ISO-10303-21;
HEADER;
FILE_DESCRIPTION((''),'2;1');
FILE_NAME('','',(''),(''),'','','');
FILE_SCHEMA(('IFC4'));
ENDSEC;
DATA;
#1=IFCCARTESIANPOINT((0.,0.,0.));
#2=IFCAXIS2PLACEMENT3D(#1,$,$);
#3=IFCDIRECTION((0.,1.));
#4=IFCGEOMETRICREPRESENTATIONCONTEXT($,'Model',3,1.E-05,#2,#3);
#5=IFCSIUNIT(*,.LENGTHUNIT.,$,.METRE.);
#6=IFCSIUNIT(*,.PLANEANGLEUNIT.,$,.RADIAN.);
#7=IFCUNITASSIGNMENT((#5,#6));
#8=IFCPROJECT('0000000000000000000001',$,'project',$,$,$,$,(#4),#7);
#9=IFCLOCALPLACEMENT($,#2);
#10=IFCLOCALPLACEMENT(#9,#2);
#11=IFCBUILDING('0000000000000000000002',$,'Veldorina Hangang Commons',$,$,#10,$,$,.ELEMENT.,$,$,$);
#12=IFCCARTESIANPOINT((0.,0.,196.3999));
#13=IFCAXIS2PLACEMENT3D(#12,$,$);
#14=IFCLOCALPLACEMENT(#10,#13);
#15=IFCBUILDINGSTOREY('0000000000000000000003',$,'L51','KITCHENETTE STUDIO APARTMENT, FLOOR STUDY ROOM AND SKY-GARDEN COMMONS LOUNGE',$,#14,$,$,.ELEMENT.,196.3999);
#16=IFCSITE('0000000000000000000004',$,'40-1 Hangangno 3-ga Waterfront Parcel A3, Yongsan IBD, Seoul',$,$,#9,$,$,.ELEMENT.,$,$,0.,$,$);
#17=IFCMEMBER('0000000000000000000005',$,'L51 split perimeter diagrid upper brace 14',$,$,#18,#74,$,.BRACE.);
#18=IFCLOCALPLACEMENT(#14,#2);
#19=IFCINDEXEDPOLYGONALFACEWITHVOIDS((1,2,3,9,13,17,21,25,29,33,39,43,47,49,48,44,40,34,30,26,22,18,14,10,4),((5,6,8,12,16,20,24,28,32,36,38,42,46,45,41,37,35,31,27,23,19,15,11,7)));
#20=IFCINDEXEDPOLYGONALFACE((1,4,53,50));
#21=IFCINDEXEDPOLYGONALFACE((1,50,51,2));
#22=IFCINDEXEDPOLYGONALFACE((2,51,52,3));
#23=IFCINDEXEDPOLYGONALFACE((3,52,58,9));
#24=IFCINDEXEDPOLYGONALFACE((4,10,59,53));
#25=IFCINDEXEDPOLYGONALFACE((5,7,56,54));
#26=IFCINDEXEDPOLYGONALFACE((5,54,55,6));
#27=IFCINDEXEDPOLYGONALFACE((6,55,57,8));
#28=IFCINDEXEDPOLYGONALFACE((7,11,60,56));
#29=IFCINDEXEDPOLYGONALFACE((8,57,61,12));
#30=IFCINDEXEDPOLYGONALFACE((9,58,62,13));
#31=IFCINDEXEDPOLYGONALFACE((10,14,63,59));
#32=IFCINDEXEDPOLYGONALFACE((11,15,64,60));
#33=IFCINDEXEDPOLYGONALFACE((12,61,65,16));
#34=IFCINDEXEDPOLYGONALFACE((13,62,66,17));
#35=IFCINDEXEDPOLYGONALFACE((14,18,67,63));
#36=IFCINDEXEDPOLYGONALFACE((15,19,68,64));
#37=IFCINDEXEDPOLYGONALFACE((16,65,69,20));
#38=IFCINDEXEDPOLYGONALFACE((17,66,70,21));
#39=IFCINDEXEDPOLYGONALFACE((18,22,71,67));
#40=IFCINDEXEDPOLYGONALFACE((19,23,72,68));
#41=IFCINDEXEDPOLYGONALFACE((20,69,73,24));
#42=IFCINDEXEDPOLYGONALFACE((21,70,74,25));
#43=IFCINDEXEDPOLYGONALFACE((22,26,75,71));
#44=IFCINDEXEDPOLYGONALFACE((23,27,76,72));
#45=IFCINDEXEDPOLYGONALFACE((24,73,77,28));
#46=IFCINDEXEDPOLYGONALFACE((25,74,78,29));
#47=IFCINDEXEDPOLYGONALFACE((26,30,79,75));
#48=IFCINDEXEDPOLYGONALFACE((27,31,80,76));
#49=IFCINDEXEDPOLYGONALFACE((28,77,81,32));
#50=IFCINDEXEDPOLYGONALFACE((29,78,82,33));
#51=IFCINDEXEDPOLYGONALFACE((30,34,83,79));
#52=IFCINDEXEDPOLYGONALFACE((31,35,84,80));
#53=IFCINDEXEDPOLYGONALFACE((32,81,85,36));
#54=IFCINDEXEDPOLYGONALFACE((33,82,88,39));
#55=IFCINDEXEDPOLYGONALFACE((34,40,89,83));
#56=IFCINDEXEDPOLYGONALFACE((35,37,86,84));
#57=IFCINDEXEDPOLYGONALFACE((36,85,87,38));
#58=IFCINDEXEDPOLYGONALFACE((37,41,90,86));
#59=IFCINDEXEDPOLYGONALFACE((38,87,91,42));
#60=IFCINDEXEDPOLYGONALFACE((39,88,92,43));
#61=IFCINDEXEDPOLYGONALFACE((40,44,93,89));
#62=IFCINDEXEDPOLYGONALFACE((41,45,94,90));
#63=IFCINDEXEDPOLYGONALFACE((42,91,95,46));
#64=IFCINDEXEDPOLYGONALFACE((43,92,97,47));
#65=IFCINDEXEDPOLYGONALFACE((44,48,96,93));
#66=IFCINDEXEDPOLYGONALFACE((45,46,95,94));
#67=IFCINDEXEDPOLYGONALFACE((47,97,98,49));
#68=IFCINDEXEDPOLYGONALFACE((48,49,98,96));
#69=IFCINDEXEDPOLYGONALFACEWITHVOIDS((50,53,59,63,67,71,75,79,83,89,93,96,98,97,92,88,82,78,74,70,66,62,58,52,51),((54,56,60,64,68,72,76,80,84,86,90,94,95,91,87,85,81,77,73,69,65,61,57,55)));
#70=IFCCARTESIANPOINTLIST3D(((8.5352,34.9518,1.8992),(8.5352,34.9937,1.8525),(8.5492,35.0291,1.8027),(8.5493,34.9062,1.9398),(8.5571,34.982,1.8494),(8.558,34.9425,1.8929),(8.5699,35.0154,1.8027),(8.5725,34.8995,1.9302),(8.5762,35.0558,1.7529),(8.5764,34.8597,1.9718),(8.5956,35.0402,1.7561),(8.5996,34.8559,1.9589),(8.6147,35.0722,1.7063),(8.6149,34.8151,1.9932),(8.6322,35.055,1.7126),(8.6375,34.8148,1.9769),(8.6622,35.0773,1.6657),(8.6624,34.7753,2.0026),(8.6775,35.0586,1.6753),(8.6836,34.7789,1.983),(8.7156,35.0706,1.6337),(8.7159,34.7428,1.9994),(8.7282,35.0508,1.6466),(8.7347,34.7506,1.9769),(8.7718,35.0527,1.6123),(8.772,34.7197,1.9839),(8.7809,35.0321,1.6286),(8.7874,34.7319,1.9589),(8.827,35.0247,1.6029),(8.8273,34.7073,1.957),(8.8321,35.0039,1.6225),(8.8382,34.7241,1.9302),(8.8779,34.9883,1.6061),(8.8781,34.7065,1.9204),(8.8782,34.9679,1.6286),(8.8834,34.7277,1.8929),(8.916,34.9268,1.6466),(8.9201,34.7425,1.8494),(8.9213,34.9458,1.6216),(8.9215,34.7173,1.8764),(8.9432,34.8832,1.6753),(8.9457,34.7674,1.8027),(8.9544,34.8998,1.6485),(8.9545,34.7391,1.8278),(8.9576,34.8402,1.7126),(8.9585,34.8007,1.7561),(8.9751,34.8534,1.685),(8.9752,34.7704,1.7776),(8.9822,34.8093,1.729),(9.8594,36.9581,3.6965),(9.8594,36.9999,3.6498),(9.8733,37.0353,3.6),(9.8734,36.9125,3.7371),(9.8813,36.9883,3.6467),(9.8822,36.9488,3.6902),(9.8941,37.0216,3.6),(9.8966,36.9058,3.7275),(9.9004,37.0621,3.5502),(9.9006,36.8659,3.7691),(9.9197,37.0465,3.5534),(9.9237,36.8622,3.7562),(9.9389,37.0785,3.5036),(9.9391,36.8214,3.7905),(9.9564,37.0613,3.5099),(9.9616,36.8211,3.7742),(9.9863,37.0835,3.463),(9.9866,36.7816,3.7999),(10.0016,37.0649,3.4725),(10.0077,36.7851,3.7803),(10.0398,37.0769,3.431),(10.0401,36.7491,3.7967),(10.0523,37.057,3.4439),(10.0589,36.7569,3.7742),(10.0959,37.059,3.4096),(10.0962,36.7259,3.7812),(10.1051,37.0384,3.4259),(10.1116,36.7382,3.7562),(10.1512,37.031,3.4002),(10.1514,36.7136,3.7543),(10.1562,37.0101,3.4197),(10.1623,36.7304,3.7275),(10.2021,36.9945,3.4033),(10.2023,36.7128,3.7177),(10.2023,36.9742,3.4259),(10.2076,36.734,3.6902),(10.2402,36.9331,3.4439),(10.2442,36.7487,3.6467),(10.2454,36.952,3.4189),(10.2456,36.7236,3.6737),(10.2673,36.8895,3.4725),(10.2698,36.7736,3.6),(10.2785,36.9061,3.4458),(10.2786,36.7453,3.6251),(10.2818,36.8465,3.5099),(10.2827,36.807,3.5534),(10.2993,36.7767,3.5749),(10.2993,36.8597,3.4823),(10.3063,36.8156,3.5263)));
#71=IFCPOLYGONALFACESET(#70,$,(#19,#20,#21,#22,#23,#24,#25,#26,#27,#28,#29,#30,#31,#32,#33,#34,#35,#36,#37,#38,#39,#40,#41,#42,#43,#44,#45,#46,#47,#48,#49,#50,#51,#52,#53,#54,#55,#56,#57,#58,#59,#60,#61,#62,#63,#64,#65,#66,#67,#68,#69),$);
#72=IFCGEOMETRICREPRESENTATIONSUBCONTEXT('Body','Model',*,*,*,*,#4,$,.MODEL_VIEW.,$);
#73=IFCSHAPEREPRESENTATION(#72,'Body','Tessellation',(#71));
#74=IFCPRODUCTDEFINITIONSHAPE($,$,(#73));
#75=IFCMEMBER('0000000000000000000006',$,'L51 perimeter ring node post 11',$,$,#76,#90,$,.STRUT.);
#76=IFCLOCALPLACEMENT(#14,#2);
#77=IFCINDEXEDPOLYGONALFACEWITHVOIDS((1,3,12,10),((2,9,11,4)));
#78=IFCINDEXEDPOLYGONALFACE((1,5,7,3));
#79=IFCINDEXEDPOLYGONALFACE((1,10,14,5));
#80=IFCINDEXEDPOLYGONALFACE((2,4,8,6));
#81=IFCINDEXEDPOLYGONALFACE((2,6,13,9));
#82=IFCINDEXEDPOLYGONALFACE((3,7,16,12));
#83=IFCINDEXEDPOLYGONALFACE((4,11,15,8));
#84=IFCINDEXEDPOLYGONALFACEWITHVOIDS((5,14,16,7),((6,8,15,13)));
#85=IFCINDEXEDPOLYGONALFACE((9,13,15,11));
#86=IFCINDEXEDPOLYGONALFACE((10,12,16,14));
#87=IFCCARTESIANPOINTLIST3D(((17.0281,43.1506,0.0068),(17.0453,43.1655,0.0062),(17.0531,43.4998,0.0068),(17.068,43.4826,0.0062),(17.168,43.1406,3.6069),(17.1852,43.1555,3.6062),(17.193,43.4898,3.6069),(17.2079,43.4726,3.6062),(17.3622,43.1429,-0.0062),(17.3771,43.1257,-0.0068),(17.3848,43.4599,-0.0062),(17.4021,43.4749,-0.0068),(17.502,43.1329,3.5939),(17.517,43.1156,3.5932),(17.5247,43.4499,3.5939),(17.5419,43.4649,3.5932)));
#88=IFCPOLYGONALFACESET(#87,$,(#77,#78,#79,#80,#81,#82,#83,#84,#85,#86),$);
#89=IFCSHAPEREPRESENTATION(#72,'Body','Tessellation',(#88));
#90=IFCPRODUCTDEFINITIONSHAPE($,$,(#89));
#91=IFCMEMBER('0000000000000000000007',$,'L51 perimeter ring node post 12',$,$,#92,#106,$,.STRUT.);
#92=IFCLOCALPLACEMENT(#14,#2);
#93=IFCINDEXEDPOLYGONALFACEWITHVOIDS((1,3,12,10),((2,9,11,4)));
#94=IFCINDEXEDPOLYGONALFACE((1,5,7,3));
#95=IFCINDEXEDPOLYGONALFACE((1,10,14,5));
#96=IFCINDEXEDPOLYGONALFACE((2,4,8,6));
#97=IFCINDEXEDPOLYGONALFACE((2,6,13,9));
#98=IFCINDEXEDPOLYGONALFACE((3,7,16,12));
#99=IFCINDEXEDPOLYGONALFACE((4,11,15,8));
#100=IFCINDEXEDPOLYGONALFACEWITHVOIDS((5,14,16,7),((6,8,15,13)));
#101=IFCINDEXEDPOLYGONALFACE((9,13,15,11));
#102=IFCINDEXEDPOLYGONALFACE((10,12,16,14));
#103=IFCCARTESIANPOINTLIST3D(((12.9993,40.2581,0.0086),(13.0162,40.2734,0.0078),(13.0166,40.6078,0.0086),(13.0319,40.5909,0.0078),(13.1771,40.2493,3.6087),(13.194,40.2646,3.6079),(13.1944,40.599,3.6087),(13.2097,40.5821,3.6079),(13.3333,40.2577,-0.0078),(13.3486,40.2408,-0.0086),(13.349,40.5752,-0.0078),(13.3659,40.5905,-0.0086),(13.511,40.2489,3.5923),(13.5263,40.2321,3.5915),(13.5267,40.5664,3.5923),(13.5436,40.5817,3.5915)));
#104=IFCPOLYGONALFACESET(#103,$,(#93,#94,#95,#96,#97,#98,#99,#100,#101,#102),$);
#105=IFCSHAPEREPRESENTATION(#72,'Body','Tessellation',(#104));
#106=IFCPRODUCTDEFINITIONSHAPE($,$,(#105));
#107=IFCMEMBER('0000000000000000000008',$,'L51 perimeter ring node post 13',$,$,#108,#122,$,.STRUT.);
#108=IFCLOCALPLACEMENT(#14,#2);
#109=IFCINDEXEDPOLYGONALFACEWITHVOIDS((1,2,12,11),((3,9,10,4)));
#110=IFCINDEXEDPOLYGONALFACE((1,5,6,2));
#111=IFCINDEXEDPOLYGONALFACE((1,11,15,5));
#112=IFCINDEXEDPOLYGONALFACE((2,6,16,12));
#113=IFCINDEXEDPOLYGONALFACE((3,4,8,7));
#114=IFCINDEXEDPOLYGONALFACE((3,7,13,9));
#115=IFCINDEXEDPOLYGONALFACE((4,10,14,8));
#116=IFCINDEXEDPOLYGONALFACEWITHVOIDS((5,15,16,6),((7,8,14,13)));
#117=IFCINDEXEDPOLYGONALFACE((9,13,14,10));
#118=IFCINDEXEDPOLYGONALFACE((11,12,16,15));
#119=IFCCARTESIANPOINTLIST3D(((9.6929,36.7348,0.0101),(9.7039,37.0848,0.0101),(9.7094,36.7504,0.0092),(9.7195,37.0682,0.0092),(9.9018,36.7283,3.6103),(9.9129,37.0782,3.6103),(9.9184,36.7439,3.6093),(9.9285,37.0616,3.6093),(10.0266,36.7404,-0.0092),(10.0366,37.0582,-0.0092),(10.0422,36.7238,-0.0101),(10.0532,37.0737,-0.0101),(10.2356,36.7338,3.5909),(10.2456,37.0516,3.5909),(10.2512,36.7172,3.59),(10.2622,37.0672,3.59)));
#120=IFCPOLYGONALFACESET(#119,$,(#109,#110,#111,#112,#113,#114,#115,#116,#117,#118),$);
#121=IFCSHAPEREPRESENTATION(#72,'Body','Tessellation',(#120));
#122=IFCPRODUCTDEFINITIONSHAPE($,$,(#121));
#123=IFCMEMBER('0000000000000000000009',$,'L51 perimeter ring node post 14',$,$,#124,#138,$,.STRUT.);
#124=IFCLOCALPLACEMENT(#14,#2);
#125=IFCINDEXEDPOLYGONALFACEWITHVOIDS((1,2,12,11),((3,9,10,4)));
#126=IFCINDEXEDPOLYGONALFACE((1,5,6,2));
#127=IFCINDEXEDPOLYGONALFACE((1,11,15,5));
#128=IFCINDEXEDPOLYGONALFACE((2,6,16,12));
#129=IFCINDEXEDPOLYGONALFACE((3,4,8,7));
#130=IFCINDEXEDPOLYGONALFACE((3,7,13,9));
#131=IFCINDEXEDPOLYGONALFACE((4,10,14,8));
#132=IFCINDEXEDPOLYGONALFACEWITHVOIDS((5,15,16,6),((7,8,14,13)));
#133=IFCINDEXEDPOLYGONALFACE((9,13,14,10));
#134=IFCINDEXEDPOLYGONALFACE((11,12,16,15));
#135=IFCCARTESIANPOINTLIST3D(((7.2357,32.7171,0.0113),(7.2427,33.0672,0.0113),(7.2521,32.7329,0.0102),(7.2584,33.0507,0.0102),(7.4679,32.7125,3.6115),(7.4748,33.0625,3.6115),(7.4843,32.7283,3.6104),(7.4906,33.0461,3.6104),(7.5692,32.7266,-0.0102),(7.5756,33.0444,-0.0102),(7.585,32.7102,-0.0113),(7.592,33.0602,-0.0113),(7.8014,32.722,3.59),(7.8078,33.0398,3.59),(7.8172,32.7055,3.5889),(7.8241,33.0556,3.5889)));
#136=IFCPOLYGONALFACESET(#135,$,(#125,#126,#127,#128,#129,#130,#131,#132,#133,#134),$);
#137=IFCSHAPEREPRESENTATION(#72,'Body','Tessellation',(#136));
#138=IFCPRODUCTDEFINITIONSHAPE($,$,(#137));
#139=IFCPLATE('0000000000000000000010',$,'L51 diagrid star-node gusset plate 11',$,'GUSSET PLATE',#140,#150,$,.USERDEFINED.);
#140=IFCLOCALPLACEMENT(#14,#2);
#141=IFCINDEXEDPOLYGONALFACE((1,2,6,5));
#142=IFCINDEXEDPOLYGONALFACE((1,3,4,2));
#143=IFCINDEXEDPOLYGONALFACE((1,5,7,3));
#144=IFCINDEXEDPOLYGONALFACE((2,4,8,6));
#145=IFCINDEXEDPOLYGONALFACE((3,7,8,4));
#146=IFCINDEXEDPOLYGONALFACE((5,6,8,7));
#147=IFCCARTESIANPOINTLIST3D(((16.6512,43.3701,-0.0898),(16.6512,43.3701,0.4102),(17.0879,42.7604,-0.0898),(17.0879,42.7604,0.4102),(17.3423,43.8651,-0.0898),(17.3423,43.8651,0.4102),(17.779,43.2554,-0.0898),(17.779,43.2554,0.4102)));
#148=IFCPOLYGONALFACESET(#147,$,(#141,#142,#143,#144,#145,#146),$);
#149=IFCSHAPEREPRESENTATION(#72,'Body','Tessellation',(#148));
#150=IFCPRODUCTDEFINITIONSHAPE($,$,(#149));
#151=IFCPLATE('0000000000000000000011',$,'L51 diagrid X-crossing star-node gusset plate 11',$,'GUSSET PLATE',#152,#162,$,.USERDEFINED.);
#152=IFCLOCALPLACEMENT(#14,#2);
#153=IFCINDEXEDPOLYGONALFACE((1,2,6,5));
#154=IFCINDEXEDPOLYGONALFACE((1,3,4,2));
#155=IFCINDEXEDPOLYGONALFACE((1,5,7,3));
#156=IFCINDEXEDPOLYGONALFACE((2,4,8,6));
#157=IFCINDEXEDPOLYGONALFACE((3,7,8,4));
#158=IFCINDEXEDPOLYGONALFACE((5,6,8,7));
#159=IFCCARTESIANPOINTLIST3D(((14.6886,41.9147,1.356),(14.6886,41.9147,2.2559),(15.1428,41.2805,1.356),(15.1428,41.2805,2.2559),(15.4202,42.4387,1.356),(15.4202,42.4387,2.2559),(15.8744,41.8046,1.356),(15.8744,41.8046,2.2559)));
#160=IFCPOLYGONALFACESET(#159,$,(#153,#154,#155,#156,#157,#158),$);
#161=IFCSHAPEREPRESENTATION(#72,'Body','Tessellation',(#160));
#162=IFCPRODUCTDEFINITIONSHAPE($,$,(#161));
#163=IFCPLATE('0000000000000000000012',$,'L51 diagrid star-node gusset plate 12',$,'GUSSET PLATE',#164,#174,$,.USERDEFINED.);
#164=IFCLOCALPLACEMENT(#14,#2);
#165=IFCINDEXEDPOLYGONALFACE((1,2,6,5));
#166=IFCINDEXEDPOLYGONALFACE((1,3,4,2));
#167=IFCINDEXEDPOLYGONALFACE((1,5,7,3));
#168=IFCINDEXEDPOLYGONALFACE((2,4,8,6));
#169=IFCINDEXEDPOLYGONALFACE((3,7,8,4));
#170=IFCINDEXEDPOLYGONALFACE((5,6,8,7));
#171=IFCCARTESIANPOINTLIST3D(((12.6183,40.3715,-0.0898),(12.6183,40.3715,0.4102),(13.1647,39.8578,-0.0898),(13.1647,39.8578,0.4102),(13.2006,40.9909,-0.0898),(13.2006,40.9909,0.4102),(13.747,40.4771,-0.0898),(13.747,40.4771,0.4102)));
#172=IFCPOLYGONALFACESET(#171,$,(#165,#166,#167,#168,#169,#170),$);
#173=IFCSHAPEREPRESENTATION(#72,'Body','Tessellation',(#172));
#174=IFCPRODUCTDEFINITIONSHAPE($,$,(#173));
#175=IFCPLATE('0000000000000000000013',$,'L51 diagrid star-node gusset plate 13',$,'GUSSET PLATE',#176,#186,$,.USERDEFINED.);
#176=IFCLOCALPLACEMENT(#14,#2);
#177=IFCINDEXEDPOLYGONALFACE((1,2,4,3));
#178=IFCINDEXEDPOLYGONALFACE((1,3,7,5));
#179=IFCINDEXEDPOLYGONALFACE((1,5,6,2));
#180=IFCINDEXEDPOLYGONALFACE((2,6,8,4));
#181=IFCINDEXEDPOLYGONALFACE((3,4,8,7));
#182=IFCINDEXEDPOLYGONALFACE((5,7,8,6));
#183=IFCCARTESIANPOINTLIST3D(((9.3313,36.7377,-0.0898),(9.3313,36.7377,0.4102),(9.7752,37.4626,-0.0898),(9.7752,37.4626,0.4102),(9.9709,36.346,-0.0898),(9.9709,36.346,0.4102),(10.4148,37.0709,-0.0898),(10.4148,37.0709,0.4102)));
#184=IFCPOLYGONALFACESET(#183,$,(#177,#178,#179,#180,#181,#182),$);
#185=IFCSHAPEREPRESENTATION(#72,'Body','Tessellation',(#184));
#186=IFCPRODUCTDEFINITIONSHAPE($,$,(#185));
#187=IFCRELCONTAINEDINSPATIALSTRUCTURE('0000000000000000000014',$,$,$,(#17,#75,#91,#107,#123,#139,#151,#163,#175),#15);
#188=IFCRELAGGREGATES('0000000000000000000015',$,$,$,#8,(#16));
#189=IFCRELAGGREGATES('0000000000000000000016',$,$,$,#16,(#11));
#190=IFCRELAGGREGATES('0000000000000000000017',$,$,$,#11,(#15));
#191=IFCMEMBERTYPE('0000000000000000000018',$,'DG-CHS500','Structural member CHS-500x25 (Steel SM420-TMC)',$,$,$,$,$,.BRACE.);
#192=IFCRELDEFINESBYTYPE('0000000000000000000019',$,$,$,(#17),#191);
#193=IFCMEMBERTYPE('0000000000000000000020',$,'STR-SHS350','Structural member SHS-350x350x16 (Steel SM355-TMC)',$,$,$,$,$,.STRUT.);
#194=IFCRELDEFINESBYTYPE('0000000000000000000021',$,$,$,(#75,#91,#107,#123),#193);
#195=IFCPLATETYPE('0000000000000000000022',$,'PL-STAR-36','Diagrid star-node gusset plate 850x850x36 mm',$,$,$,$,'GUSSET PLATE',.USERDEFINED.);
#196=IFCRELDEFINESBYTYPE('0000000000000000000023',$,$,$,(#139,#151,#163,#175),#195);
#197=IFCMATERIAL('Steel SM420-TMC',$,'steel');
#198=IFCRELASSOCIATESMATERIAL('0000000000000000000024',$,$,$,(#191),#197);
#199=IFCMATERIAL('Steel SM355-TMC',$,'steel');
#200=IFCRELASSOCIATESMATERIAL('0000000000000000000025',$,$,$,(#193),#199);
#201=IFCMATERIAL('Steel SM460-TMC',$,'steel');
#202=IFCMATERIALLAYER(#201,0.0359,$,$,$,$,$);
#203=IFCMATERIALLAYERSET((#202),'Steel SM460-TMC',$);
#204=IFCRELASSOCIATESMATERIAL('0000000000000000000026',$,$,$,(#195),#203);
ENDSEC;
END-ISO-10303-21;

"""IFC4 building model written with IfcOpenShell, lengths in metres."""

from ifc_helpers import new_model, si_unit, direction, frame, origin, origin_2d, place, context, subcontext, project, spatial, rectangle, hollow_rectangle, hollow_circle, extrude, material, layer, layer_set, material_profile, profile_set, type_object, element, save


model = new_model("IFC4")

# Units and contexts
model_context = context("Model", 3, precision=1e-05, world=origin(), true_north=direction((0.0, 1.0)))
body_context = subcontext(model_context, "Body", "Model", "MODEL_VIEW")
ifc_project = project(units=[si_unit("LENGTHUNIT", "METRE"), si_unit("PLANEANGLEUNIT", "RADIAN")], contexts=[model_context])

# Site, building, storey
site_placement = place(None, origin())
site = spatial("IfcSite", under=ifc_project, at=site_placement, Name="40-1 Hangangno 3-ga Waterfront Parcel A3, Yongsan IBD, Seoul", CompositionType="ELEMENT", RefElevation=0.0)
building_placement = place(site_placement, origin())
building = spatial("IfcBuilding", under=site, at=building_placement, Name="Veldorina Hangang Commons", CompositionType="ELEMENT")
storey_placement = place(building_placement, frame((0.0, 0.0, 196.3999)))
storey = spatial("IfcBuildingStorey", under=building, at=storey_placement, Name="L51", Description="KITCHENETTE STUDIO APARTMENT, FLOOR STUDY ROOM AND SKY-GARDEN COMMONS LOUNGE", CompositionType="ELEMENT", Elevation=196.3999)

# Shared definitions
ifc_material_1 = material(Name="Steel SM355-TMC", Category="steel")
ifc_material_2 = material(Name="Steel SM420-TMC", Category="steel")

# Members
ifc_material_profile_1 = material_profile(ifc_material_2, hollow_circle(Radius=0.25, WallThickness=0.0249, at=origin_2d()), Name="CHS-500x25")
ifc_profile_set_1 = profile_set([ifc_material_profile_1], Name="Steel SM420-TMC")
member_type_1 = type_object("IfcMemberType", Name="DG-CHS500", Description="Structural member CHS-500x25 (Steel SM420-TMC)", PredefinedType="BRACE", material=ifc_profile_set_1)
member_1_placement = place(storey_placement, frame((8.7578, 34.8914, 1.8027), z_axis=(0.441173, 0.66843, 0.598805), x_axis=(-0.834604, 0.550851, 0.0)))
element("IfcMember", 1, at=member_1_placement, inside=storey, type_object=member_type_1, Name="L51 split perimeter diagrid upper brace 14", PredefinedType="BRACE", context=body_context, shape_type="SweptSolid", body=[
    extrude(hollow_circle(Radius=0.25, WallThickness=0.0249, at=origin_2d()), origin(), (0.0, 0.0, 1.0), 3.0015),
])
ifc_material_profile_2 = material_profile(ifc_material_1, hollow_rectangle(XDim=0.3501, YDim=0.3501, WallThickness=0.0161, at=origin_2d()), Name="SHS-350x350x16")
ifc_profile_set_2 = profile_set([ifc_material_profile_2], Name="Steel SM355-TMC")
member_type_2 = type_object("IfcMemberType", Name="STR-SHS350", Description="Structural member SHS-350x350x16 (Steel SM355-TMC)", PredefinedType="STRUT", material=ifc_profile_set_2)
member_2_placement = place(storey_placement, frame((17.2151, 43.3127, 0.0), z_axis=(0.038829, -0.002778, 0.999242), x_axis=(0.071371, 0.99745, 0.0)))
element("IfcMember", 2, at=member_2_placement, inside=storey, type_object=member_type_2, Name="L51 perimeter ring node post 11", PredefinedType="STRUT", context=body_context, shape_type="SweptSolid", body=[
    extrude(hollow_rectangle(XDim=0.3501, YDim=0.3501, WallThickness=0.0161, at=origin_2d()), origin(), (0.0, 0.0, 1.0), 3.6028),
])
member_3_placement = place(storey_placement, frame((13.1826, 40.4243, 0.0), z_axis=(0.049309, -0.002438, 0.998781), x_axis=(0.04939, 0.99878, 0.0)))
element("IfcMember", 3, at=member_3_placement, inside=storey, type_object=member_type_2, Name="L51 perimeter ring node post 12", PredefinedType="STRUT", context=body_context, shape_type="SweptSolid", body=[
    extrude(hollow_rectangle(XDim=0.3501, YDim=0.3501, WallThickness=0.0161, at=origin_2d()), origin(), (0.0, 0.0, 1.0), 3.6045),
])
member_4_placement = place(storey_placement, frame((9.873, 36.9043, 0.0), z_axis=(0.057952, -0.001828, 0.998318), x_axis=(0.031526, 0.999503, 0.0)))
element("IfcMember", 4, at=member_4_placement, inside=storey, type_object=member_type_2, Name="L51 perimeter ring node post 13", PredefinedType="STRUT", context=body_context, shape_type="SweptSolid", body=[
    extrude(hollow_rectangle(XDim=0.3501, YDim=0.3501, WallThickness=0.0161, at=origin_2d()), origin(), (0.0, 0.0, 1.0), 3.6062),
])
member_5_placement = place(storey_placement, frame((7.4138, 32.8887, 0.0), z_axis=(0.064358, -0.001286, 0.997926), x_axis=(0.019975, 0.9998, 0.0)))
element("IfcMember", 5, at=member_5_placement, inside=storey, type_object=member_type_2, Name="L51 perimeter ring node post 14", PredefinedType="STRUT", context=body_context, shape_type="SweptSolid", body=[
    extrude(hollow_rectangle(XDim=0.3501, YDim=0.3501, WallThickness=0.0161, at=origin_2d()), origin(), (0.0, 0.0, 1.0), 3.6077),
])

# Plates
ifc_material_3 = material(Name="Steel SM460-TMC", Category="steel")
ifc_layer_1 = layer(ifc_material_3, 0.0359)
ifc_layer_set_1 = layer_set([ifc_layer_1], Name="Steel SM460-TMC")
plate_type = type_object("IfcPlateType", Name="PL-STAR-36", Description="Diagrid star-node gusset plate 850x850x36 mm", ElementType="GUSSET PLATE", PredefinedType="USERDEFINED", material=ifc_layer_set_1)
plate_1_placement = place(storey_placement, frame((17.2151, 43.3127, -0.0898), z_axis=(0.0, 0.0, 1.0), x_axis=(-0.812958, -0.582322, 0.0)))
element("IfcPlate", 6, at=plate_1_placement, inside=storey, type_object=plate_type, Name="L51 diagrid star-node gusset plate 11", ObjectType="GUSSET PLATE", PredefinedType="USERDEFINED", context=body_context, shape_type="SweptSolid", body=[
    extrude(rectangle(XDim=0.8501, YDim=0.75, at=origin_2d()), origin(), (0.0, 0.0, 1.0), 0.5),
])
plate_2_placement = place(storey_placement, frame((15.2815, 41.8596, 1.356), z_axis=(0.0, 0.0, 1.0), x_axis=(-0.812958, -0.582322, 0.0)))
element("IfcPlate", 7, at=plate_2_placement, inside=storey, type_object=plate_type, Name="L51 diagrid X-crossing star-node gusset plate 11", ObjectType="GUSSET PLATE", PredefinedType="USERDEFINED", context=body_context, shape_type="SweptSolid", body=[
    extrude(rectangle(XDim=0.8999, YDim=0.78, at=origin_2d()), origin(), (0.0, 0.0, 1.0), 0.8999),
])
for number, where, z_axis, x_axis, name in (
    (8, (13.1826, 40.4243, -0.0898), (0.0, 0.0, 1.0), (-0.685005, -0.728538, 0.0), "L51 diagrid star-node gusset plate 12"),
    (9, (9.873, 36.9043, -0.0898), (0.0, 0.0, 1.0), (-0.522246, -0.852795, 0.0), "L51 diagrid star-node gusset plate 13"),
):
    element("IfcPlate", number, at=place(storey_placement, frame(where, z_axis=z_axis, x_axis=x_axis)), inside=storey, type_object=plate_type, Name=name, ObjectType="GUSSET PLATE", PredefinedType="USERDEFINED", context=body_context, shape_type="SweptSolid", body=[
        extrude(rectangle(XDim=0.8501, YDim=0.75, at=origin_2d()), origin(), (0.0, 0.0, 1.0), 0.5),
    ])

save(model, "model.ifc")
